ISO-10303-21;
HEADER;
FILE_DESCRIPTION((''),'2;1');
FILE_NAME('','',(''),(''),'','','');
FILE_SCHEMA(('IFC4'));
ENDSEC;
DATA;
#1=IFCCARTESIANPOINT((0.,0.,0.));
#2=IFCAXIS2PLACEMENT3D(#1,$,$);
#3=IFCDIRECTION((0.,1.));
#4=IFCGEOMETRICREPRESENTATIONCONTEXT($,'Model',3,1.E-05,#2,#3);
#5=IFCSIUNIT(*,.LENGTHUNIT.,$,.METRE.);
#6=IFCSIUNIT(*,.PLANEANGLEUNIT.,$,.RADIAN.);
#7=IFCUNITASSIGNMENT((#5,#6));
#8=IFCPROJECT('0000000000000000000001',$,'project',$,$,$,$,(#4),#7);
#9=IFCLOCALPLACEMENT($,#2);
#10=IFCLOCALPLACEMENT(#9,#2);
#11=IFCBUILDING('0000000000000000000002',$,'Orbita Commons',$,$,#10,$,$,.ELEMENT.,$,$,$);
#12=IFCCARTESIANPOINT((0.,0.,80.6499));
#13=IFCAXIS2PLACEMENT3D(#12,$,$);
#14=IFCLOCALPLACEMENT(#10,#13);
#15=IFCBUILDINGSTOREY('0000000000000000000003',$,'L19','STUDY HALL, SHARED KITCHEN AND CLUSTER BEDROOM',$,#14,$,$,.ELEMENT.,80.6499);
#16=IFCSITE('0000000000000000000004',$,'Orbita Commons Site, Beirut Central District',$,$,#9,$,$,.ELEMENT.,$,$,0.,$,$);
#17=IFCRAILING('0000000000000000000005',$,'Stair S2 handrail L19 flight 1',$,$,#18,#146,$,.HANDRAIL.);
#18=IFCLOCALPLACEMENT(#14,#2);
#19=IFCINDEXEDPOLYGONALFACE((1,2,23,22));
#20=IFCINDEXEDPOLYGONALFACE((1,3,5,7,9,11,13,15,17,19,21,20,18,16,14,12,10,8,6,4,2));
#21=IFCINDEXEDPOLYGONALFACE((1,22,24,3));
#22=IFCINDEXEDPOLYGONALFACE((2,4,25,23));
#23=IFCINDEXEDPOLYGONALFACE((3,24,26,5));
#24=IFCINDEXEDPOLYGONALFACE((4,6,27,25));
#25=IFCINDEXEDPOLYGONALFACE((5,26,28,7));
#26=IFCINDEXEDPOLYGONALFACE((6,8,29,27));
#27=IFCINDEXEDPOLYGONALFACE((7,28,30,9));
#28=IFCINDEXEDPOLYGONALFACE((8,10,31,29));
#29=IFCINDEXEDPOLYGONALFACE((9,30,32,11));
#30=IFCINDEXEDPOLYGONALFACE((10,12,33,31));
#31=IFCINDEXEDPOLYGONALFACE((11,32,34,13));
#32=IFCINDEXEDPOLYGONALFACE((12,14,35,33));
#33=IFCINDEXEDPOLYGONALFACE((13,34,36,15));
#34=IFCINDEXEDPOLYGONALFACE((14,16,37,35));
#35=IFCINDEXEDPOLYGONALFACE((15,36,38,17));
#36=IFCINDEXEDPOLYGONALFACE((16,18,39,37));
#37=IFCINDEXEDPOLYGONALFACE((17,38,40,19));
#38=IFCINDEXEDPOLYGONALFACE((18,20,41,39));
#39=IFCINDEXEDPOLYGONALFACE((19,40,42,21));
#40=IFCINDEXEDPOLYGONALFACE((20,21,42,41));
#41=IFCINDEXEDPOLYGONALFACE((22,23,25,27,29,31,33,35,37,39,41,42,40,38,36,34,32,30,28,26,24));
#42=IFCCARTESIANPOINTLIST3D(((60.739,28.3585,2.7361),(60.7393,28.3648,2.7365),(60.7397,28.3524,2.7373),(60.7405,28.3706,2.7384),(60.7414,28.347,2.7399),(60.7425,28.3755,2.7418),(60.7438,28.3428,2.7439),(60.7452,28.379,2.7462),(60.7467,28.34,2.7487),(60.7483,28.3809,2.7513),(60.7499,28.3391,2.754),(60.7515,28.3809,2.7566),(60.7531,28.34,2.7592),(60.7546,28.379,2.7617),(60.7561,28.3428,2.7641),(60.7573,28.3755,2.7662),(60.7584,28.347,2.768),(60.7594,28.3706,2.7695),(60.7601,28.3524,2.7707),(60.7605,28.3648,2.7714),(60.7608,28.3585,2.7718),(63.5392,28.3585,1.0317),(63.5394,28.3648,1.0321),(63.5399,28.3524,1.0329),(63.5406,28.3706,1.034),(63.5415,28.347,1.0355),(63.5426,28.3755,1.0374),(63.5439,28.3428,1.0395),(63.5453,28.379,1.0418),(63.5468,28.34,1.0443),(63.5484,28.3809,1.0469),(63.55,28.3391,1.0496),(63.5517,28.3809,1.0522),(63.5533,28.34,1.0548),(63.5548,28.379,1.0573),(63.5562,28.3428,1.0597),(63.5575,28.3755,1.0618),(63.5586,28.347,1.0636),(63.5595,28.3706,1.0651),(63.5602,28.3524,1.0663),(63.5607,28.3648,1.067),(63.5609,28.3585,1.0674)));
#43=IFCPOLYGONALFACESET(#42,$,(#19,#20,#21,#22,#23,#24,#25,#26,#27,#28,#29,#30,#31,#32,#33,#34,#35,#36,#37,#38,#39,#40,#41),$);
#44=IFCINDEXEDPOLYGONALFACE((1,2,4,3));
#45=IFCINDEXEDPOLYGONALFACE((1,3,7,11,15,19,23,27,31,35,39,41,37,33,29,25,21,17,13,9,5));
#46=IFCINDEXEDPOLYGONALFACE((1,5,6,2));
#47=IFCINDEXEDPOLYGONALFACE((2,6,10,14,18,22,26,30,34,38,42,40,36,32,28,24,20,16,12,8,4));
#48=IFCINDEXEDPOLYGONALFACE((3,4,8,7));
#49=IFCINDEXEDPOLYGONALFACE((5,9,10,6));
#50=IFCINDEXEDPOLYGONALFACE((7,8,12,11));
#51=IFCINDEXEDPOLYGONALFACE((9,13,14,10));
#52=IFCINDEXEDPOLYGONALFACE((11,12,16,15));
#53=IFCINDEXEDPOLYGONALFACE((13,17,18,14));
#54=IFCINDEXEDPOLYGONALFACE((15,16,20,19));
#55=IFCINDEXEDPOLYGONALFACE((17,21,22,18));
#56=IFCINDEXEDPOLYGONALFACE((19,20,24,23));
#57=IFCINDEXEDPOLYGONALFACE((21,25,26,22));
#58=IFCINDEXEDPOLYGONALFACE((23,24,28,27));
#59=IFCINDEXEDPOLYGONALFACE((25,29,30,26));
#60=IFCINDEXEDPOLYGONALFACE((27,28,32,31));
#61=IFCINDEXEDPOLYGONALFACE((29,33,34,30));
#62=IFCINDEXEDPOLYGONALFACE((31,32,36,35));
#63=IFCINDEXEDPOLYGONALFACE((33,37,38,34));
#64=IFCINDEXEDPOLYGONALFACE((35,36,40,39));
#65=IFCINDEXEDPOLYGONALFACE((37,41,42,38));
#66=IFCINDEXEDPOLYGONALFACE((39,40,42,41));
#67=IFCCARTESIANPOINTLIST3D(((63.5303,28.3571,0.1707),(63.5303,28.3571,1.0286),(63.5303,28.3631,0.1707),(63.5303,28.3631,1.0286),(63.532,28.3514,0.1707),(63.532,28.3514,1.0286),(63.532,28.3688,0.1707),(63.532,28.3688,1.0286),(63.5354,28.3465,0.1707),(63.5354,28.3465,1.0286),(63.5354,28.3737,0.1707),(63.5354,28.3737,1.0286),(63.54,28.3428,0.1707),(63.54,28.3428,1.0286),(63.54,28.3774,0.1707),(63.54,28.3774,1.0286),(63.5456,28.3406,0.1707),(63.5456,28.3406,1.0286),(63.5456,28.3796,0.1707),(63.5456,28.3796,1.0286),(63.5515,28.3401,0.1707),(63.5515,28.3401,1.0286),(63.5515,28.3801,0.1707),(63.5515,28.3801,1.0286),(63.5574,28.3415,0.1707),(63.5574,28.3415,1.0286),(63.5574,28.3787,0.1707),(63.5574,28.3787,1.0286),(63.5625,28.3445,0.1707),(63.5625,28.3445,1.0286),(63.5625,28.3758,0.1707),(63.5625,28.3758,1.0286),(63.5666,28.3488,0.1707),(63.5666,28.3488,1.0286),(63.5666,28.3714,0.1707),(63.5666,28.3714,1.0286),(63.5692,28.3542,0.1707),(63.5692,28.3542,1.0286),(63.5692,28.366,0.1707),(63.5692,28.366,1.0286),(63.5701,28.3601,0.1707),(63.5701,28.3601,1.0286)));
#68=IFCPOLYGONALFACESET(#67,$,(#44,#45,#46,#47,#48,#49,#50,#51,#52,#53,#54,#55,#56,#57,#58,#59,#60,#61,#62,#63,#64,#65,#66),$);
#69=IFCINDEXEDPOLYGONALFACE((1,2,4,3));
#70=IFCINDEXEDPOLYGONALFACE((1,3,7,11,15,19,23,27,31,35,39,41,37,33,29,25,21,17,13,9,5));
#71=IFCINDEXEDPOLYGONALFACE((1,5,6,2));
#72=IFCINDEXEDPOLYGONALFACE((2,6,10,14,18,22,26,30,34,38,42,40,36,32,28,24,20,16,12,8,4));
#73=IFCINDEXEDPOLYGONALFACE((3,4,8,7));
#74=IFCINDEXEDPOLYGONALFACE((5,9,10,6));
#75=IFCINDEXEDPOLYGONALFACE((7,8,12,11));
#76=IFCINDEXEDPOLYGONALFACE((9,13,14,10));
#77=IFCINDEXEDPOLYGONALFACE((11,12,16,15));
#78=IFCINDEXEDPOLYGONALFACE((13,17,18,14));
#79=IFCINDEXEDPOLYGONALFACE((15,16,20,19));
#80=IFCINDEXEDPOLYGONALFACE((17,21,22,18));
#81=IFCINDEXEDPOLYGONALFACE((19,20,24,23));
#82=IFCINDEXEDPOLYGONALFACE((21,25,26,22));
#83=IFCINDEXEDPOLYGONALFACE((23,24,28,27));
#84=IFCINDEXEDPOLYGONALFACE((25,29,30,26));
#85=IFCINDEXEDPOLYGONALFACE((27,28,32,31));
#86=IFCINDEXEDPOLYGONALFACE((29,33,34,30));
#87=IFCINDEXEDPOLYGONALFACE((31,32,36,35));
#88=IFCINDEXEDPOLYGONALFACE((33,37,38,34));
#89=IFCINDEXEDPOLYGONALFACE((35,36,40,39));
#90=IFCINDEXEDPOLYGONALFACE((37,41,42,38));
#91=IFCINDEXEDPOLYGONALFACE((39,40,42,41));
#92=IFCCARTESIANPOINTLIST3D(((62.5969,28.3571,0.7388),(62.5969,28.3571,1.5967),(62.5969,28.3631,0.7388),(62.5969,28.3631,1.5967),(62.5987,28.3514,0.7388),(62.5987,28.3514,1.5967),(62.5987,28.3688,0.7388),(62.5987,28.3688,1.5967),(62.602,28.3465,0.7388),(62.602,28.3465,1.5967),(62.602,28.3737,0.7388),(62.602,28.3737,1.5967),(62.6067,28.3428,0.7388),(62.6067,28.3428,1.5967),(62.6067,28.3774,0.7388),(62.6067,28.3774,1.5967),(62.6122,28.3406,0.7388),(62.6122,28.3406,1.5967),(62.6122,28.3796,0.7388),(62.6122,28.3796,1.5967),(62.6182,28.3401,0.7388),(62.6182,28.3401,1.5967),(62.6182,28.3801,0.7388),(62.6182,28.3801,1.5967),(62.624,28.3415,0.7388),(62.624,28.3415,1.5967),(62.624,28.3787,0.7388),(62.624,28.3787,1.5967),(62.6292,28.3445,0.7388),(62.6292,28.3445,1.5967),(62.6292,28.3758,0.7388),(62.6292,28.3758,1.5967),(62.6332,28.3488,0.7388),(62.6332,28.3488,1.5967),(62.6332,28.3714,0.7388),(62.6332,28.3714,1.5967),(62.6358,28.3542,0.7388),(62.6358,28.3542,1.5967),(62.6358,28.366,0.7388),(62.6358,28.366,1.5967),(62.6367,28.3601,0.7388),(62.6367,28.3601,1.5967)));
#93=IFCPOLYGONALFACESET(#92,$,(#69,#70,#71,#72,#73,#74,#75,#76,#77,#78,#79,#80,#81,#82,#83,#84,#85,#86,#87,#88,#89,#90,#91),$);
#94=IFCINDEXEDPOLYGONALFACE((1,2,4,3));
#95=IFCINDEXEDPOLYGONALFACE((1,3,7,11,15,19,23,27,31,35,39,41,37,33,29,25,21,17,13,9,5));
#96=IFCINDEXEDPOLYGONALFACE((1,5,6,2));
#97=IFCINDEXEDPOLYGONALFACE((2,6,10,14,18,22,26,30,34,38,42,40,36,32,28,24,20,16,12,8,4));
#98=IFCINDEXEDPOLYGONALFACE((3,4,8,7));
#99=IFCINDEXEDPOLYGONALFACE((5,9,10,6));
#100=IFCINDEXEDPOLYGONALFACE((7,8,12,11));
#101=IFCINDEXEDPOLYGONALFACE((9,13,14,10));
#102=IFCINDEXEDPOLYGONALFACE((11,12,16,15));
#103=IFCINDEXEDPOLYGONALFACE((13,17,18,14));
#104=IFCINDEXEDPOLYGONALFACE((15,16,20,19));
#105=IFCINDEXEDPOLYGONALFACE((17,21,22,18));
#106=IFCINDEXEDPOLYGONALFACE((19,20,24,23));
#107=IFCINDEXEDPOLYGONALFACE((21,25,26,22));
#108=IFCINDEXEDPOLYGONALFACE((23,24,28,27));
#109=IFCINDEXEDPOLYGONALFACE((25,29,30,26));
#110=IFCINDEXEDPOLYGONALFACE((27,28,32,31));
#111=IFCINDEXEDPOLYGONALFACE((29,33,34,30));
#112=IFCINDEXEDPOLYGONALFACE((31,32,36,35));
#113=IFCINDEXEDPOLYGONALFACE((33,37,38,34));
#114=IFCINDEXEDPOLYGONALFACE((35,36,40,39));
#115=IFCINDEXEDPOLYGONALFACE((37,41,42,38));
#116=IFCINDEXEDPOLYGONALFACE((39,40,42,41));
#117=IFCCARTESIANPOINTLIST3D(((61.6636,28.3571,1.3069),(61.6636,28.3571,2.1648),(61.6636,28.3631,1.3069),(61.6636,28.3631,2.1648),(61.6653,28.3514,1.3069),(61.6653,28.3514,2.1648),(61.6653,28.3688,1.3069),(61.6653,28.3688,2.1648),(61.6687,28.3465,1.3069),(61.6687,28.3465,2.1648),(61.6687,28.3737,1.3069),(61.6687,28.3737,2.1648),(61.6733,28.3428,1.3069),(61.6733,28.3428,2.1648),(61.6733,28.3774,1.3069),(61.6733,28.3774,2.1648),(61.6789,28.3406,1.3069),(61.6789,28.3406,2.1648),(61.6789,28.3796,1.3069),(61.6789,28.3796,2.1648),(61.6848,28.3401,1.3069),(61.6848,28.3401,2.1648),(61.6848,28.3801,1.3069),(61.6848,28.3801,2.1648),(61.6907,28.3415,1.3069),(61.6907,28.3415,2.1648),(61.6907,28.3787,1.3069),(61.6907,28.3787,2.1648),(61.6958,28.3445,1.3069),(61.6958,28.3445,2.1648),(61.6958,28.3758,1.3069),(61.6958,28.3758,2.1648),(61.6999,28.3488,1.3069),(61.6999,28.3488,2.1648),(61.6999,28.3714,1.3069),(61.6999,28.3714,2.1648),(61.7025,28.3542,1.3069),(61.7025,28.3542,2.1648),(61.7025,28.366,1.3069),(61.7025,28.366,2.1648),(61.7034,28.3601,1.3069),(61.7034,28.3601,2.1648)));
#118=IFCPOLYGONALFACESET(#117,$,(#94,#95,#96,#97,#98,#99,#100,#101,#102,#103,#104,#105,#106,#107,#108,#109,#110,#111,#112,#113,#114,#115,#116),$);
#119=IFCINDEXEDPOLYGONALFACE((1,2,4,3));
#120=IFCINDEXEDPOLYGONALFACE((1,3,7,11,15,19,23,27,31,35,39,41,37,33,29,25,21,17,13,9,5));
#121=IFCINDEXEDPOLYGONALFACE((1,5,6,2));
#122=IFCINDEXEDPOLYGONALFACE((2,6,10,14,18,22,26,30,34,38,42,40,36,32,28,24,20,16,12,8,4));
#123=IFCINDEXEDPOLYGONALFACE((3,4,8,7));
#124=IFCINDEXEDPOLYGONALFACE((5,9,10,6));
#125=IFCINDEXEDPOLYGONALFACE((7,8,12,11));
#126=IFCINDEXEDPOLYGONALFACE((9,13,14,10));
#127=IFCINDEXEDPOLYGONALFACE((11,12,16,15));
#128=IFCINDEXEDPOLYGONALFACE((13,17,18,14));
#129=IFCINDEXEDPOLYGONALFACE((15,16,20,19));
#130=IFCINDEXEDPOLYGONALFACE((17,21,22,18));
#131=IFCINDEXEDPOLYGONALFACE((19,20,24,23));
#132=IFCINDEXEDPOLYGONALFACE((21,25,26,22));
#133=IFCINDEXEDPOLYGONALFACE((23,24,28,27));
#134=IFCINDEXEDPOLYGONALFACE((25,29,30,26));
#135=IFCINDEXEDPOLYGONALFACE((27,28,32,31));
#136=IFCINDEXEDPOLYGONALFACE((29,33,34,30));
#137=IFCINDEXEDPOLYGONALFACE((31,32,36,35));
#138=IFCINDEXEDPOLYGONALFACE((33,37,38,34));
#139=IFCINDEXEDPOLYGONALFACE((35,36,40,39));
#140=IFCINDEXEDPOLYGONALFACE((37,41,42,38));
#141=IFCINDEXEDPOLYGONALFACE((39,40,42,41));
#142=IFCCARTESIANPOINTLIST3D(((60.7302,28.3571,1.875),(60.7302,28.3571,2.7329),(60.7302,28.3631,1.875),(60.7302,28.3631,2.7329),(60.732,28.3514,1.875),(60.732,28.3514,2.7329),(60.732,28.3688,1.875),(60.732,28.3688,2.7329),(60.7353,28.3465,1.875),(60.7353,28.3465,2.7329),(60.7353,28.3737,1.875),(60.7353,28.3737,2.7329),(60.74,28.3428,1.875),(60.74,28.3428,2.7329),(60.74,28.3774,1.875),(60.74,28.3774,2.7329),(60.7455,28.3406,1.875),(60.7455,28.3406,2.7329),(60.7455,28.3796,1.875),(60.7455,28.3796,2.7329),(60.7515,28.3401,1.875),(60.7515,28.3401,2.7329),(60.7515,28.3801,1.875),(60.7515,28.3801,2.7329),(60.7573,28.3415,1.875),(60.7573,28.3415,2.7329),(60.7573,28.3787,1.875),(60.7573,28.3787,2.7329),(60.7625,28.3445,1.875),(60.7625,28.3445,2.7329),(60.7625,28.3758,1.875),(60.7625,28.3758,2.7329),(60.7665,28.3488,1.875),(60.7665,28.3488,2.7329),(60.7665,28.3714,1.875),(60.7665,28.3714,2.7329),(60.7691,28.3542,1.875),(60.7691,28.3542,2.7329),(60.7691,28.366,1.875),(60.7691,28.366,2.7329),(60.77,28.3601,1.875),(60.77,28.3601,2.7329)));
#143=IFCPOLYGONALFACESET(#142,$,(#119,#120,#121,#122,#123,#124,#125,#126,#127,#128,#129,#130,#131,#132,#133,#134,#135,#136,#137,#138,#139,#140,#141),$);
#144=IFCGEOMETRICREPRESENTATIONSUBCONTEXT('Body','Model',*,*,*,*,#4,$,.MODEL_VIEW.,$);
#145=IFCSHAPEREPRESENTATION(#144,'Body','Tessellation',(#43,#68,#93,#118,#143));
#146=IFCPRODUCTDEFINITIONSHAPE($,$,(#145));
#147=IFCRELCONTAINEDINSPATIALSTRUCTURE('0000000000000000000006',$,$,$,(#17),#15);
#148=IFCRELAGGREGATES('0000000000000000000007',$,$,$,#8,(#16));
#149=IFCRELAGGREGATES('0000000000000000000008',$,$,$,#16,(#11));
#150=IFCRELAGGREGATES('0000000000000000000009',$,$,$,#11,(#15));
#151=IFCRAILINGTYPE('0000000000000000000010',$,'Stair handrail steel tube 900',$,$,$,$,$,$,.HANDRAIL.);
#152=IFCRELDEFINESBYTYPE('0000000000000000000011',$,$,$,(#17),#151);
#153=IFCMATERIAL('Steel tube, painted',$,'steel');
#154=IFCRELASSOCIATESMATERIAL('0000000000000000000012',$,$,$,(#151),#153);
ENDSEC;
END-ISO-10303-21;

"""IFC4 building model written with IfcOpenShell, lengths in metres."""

from ifc_helpers import new_model, si_unit, direction, frame, origin, origin_2d, place, context, subcontext, project, spatial, circle, extrude, material, type_object, element, save


model = new_model("IFC4")

# Units and contexts
model_context = context("Model", 3, precision=1e-05, world=origin(), true_north=direction((0.0, 1.0)))
body_context = subcontext(model_context, "Body", "Model", "MODEL_VIEW")
ifc_project = project(units=[si_unit("LENGTHUNIT", "METRE"), si_unit("PLANEANGLEUNIT", "RADIAN")], contexts=[model_context])

# Site, building, storey
site_placement = place(None, origin())
site = spatial("IfcSite", under=ifc_project, at=site_placement, Name="Orbita Commons Site, Beirut Central District", CompositionType="ELEMENT", RefElevation=0.0)
building_placement = place(site_placement, origin())
building = spatial("IfcBuilding", under=site, at=building_placement, Name="Orbita Commons", CompositionType="ELEMENT")
storey_placement = place(building_placement, frame((0.0, 0.0, 80.6499)))
storey = spatial("IfcBuildingStorey", under=building, at=storey_placement, Name="L19", Description="STUDY HALL, SHARED KITCHEN AND CLUSTER BEDROOM", CompositionType="ELEMENT", Elevation=80.6499)

# Railing
ifc_material_1 = material(Name="Steel tube, painted", Category="steel")
railing_type = type_object("IfcRailingType", Name="Stair handrail steel tube 900", PredefinedType="HANDRAIL", material=ifc_material_1)
railing_placement = place(storey_placement, frame((63.55, 28.3601, 0.1707)))
element("IfcRailing", 1, at=railing_placement, inside=storey, type_object=railing_type, Name="Stair S2 handrail L19 flight 1", PredefinedType="HANDRAIL", context=body_context, shape_type="SweptSolid", body=[
    extrude(circle(Radius=0.021, at=origin_2d()), frame((0.0, 0.0, 0.8789), z_axis=(-0.854203, 0.0, 0.51994), x_axis=(0.0, -1.0, 0.0)), (0.0, 0.0, 1.0), 3.2781),
    extrude(circle(Radius=0.02, at=origin_2d()), origin(), (0.0, 0.0, 1.0), 0.8579),
    extrude(circle(Radius=0.02, at=origin_2d()), frame((-0.9333, 0.0, 0.5681)), (0.0, 0.0, 1.0), 0.8579),
    extrude(circle(Radius=0.02, at=origin_2d()), frame((-1.8667, 0.0, 1.1362)), (0.0, 0.0, 1.0), 0.8579),
    extrude(circle(Radius=0.02, at=origin_2d()), frame((-2.8, 0.0, 1.7043)), (0.0, 0.0, 1.0), 0.8579),
])

save(model, "model.ifc")
